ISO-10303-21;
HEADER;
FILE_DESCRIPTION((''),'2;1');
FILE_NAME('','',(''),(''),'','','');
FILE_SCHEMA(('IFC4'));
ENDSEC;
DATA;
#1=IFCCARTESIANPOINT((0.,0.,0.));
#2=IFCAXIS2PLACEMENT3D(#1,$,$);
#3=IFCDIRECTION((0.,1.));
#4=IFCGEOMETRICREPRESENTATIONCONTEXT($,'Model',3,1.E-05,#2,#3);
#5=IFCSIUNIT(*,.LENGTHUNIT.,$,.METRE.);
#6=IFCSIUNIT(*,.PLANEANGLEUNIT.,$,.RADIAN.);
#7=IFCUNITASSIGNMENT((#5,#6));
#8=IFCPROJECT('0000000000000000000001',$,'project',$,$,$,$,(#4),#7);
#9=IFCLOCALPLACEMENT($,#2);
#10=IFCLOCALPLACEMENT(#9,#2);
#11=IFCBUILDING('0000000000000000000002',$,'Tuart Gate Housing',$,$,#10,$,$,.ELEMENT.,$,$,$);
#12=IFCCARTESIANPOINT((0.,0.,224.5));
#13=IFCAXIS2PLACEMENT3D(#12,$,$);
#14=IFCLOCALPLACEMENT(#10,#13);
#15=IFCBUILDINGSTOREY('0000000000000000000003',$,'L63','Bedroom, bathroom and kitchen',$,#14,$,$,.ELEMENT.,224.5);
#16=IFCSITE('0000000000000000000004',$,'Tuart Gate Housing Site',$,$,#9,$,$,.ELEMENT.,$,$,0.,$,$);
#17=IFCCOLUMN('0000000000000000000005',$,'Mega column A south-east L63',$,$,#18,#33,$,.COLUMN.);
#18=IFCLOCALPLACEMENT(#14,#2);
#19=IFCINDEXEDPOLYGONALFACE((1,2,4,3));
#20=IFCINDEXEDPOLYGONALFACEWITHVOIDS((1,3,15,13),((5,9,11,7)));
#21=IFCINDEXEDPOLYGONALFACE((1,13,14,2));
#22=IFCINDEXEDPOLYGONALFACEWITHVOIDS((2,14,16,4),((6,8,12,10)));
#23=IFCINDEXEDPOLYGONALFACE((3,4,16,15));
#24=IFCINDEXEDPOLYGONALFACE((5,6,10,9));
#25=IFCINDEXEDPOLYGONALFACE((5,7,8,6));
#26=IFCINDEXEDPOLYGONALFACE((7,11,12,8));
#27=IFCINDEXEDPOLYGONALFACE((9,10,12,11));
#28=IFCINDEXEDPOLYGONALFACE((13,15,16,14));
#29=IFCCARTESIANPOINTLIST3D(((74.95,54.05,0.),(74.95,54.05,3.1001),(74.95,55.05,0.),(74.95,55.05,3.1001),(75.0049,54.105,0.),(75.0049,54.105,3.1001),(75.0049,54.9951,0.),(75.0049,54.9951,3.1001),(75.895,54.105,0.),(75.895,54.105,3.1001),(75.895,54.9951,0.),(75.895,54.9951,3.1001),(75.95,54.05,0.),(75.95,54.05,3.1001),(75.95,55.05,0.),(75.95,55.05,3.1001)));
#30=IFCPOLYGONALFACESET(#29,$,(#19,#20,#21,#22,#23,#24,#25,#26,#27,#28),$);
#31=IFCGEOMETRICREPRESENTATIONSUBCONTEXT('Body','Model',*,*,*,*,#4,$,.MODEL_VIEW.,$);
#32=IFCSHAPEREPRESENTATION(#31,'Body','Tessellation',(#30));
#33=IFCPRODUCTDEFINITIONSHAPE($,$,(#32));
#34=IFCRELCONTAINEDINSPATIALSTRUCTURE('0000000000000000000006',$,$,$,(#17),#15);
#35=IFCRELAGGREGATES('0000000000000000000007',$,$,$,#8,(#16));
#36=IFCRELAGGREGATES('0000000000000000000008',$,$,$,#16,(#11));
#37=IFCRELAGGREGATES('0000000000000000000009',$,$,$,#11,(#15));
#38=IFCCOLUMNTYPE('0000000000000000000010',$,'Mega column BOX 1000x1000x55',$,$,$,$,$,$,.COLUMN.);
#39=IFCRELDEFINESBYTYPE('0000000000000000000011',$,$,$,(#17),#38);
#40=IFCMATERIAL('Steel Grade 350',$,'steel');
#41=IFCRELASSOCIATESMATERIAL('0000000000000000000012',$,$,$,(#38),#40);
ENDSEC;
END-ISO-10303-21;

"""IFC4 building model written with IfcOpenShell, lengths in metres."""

from ifc_helpers import new_model, si_unit, direction, frame, origin, origin_2d, place, context, subcontext, project, spatial, hollow_rectangle, extrude, material, material_profile, profile_set, type_object, element, save


model = new_model("IFC4")

# Units and contexts
model_context = context("Model", 3, precision=1e-05, world=origin(), true_north=direction((0.0, 1.0)))
body_context = subcontext(model_context, "Body", "Model", "MODEL_VIEW")
ifc_project = project(units=[si_unit("LENGTHUNIT", "METRE"), si_unit("PLANEANGLEUNIT", "RADIAN")], contexts=[model_context])

# Site, building, storey
site_placement = place(None, origin())
site = spatial("IfcSite", under=ifc_project, at=site_placement, Name="Tuart Gate Housing Site", CompositionType="ELEMENT", RefElevation=0.0)
building_placement = place(site_placement, origin())
building = spatial("IfcBuilding", under=site, at=building_placement, Name="Tuart Gate Housing", CompositionType="ELEMENT")
storey_placement = place(building_placement, frame((0.0, 0.0, 224.5)))
storey = spatial("IfcBuildingStorey", under=building, at=storey_placement, Name="L63", Description="Bedroom, bathroom and kitchen", CompositionType="ELEMENT", Elevation=224.5)

# Column
ifc_material_1 = material(Name="Steel Grade 350", Category="steel")
ifc_material_profile = material_profile(ifc_material_1, hollow_rectangle(XDim=1.0, YDim=1.0, WallThickness=0.0549, at=origin_2d()), Name="BOX 1000x1000x55")
ifc_profile_set = profile_set([ifc_material_profile], Name="Steel Grade 350")
column_type = type_object("IfcColumnType", Name="Mega column BOX 1000x1000x55", PredefinedType="COLUMN", material=ifc_profile_set)
column_placement = place(storey_placement, frame((75.45, 54.55, 0.0), z_axis=(0.0, 0.0, 1.0), x_axis=(1.0, 0.0, 0.0)))
element("IfcColumn", 1, at=column_placement, inside=storey, type_object=column_type, Name="Mega column A south-east L63", PredefinedType="COLUMN", context=body_context, shape_type="SweptSolid", body=[
    extrude(hollow_rectangle(XDim=1.0, YDim=1.0, WallThickness=0.0549, at=origin_2d()), origin(), (0.0, 0.0, 1.0), 3.1001),
])

save(model, "model.ifc")
